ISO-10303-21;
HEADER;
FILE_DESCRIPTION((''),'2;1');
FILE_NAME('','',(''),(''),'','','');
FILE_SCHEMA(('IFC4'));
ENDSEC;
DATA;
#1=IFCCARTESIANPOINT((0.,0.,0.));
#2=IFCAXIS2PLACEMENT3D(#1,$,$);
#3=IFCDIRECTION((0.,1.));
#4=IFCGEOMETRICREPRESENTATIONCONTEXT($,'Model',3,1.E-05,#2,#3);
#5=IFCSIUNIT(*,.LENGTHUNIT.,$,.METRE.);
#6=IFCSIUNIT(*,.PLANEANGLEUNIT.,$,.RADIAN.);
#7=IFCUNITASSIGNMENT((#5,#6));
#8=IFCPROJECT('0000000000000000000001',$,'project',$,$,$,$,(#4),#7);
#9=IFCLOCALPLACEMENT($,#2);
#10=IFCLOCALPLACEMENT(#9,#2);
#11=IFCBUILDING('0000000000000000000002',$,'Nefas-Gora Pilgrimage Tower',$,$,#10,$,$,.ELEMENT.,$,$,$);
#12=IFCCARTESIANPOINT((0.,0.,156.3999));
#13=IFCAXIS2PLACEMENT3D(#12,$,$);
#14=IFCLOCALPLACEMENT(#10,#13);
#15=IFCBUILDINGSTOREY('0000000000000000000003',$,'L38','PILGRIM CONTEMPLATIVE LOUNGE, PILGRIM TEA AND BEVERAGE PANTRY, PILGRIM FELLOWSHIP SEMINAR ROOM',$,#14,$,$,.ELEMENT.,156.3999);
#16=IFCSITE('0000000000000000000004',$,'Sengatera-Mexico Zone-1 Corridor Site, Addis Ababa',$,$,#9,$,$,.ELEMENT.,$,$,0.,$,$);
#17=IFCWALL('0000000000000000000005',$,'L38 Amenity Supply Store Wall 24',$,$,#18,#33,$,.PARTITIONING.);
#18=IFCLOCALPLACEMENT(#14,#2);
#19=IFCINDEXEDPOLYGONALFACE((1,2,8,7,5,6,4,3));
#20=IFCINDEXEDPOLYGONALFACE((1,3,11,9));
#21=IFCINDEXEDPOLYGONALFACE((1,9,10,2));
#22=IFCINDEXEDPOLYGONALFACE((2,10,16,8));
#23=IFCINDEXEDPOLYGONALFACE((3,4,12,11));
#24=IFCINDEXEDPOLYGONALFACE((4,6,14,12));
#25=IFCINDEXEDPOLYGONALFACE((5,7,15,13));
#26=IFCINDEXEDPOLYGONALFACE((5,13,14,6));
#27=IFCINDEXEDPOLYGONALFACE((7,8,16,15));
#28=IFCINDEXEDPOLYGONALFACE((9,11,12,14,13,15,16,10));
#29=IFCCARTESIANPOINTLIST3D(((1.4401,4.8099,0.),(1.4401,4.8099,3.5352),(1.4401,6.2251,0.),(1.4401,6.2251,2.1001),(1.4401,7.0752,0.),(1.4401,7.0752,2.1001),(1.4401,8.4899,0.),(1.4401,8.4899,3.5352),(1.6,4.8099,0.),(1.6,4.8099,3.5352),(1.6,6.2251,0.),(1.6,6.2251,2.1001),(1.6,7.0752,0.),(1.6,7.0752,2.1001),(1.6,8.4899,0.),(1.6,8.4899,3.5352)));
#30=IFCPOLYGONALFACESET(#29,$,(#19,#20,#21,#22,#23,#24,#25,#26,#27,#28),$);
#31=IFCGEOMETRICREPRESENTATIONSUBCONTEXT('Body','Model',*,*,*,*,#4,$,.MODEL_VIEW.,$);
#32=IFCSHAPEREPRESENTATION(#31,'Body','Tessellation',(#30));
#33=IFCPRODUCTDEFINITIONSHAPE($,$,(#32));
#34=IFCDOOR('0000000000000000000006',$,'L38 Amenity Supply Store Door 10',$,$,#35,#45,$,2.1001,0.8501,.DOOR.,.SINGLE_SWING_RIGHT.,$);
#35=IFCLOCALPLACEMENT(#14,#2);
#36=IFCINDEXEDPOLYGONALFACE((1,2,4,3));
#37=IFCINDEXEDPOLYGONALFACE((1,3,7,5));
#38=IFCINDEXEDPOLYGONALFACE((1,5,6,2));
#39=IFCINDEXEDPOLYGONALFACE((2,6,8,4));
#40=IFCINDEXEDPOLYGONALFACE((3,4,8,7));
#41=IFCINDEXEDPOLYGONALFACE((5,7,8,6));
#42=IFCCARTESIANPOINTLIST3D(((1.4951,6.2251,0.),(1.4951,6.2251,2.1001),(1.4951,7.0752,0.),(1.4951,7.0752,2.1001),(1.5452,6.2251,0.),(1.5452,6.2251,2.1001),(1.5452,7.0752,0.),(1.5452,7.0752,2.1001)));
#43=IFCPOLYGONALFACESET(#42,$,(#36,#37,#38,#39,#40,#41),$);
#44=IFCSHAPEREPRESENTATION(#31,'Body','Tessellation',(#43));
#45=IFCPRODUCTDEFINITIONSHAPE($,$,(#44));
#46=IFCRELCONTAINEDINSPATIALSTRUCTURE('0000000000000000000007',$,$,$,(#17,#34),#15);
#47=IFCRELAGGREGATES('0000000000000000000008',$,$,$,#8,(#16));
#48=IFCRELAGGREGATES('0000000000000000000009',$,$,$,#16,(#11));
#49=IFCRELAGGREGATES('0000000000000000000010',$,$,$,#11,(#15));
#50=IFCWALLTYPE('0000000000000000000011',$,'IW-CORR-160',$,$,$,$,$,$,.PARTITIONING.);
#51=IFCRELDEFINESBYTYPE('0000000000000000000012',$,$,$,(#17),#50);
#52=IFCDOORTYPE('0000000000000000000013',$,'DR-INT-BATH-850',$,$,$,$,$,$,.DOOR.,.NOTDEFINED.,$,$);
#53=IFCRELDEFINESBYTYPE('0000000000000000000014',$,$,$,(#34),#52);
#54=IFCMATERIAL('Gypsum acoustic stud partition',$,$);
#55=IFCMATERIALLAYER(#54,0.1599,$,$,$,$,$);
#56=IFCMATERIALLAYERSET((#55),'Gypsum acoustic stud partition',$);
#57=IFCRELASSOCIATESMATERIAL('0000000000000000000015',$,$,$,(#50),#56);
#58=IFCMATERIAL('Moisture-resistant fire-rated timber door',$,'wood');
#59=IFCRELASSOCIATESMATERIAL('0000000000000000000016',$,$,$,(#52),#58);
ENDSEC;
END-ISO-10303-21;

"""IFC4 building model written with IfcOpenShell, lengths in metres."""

from ifc_helpers import new_model, si_unit, direction, frame, frame_2d, origin, place, context, subcontext, project, spatial, rectangle, extrude, source, transform, mapped, material, layer, layer_set, type_object, element, fill, save


model = new_model("IFC4")

# Units and contexts
model_context = context("Model", 3, precision=1e-05, world=origin(), true_north=direction((0.0, 1.0)))
body_context = subcontext(model_context, "Body", "Model", "MODEL_VIEW")
ifc_project = project(units=[si_unit("LENGTHUNIT", "METRE"), si_unit("PLANEANGLEUNIT", "RADIAN")], contexts=[model_context])

# Site, building, storey
site_placement = place(None, origin())
site = spatial("IfcSite", under=ifc_project, at=site_placement, Name="Sengatera-Mexico Zone-1 Corridor Site, Addis Ababa", CompositionType="ELEMENT", RefElevation=0.0)
building_placement = place(site_placement, origin())
building = spatial("IfcBuilding", under=site, at=building_placement, Name="Nefas-Gora Pilgrimage Tower", CompositionType="ELEMENT")
storey_placement = place(building_placement, frame((0.0, 0.0, 156.3999)))
storey = spatial("IfcBuildingStorey", under=building, at=storey_placement, Name="L38", Description="PILGRIM CONTEMPLATIVE LOUNGE, PILGRIM TEA AND BEVERAGE PANTRY, PILGRIM FELLOWSHIP SEMINAR ROOM", CompositionType="ELEMENT", Elevation=156.3999)

# Wall, opening, door
ifc_material_1 = material(Name="Gypsum acoustic stud partition")
ifc_layer_1 = layer(ifc_material_1, 0.1599)
ifc_layer_set_1 = layer_set([ifc_layer_1], Name="Gypsum acoustic stud partition")
wall_type_1 = type_object("IfcWallType", Name="IW-CORR-160", PredefinedType="PARTITIONING", material=ifc_layer_set_1)
ifc_material_2 = material(Name="Moisture-resistant fire-rated timber door", Category="wood")
door_type = type_object("IfcDoorType", Name="DR-INT-BATH-850", OperationType="NOTDEFINED", PredefinedType="DOOR", material=ifc_material_2)
shared_shape_1 = source(origin(), body_context, "Body", "SweptSolid", [
    extrude(rectangle(XDim=0.8501, YDim=2.1001, at=frame_2d((0.425, 1.05))), frame((0.0, 0.0249, 0.0), z_axis=(0.0, -1.0, 0.0), x_axis=(1.0, 0.0, 0.0)), (0.0, 0.0, 1.0), 0.05),
])
shared_shape_2 = source(origin(), body_context, "Body", "SweptSolid", [
    extrude(rectangle(XDim=3.6799, YDim=0.1599, at=frame_2d((1.8398, 0.0))), origin(), (0.0, 0.0, 1.0), 3.5352),
])
wall_1_placement = place(storey_placement, frame((1.52, 4.8101, 0.0), z_axis=(0.0, 0.0, 1.0), x_axis=(0.0, 1.0, 0.0)))
wall_1 = element("IfcWall", 1, at=wall_1_placement, inside=storey, type_object=wall_type_1, Name="L38 Amenity Supply Store Wall 24", PredefinedType="PARTITIONING", context=body_context, shape_type="MappedRepresentation", body=[
    mapped(shared_shape_2, transform((0.0, 0.0, 0.0), x_axis=(1.0, 0.0, 0.0), y_axis=(0.0, 1.0, 0.0), z_axis=(0.0, 0.0, 1.0), scale=1.0)),
])
opening_1_placement = place(wall_1_placement, frame((1.415, 0.0, 0.0)))
opening_1 = element("IfcOpeningElement", 2, at=opening_1_placement, cuts=wall_1, PredefinedType="OPENING", context=body_context, shape_type="SweptSolid", body=[
    extrude(rectangle(XDim=0.8501, YDim=2.1001, at=frame_2d((0.425, 1.05))), frame((0.0, 0.0898, 0.0), z_axis=(0.0, -1.0, 0.0), x_axis=(1.0, 0.0, 0.0)), (0.0, 0.0, 1.0), 0.1799),
])
door_1_placement = place(opening_1_placement, origin())
door_1 = element("IfcDoor", 3, at=door_1_placement, inside=storey, type_object=door_type, Name="L38 Amenity Supply Store Door 10", OperationType="SINGLE_SWING_RIGHT", OverallHeight=2.1001, OverallWidth=0.8501, PredefinedType="DOOR", context=body_context, shape_type="MappedRepresentation", body=[
    mapped(shared_shape_1, transform((0.0, 0.0, 0.0), x_axis=(1.0, 0.0, 0.0), y_axis=(0.0, 1.0, 0.0), z_axis=(0.0, 0.0, 1.0), scale=1.0)),
])
fill(opening_1, door_1)

save(model, "model.ifc")
